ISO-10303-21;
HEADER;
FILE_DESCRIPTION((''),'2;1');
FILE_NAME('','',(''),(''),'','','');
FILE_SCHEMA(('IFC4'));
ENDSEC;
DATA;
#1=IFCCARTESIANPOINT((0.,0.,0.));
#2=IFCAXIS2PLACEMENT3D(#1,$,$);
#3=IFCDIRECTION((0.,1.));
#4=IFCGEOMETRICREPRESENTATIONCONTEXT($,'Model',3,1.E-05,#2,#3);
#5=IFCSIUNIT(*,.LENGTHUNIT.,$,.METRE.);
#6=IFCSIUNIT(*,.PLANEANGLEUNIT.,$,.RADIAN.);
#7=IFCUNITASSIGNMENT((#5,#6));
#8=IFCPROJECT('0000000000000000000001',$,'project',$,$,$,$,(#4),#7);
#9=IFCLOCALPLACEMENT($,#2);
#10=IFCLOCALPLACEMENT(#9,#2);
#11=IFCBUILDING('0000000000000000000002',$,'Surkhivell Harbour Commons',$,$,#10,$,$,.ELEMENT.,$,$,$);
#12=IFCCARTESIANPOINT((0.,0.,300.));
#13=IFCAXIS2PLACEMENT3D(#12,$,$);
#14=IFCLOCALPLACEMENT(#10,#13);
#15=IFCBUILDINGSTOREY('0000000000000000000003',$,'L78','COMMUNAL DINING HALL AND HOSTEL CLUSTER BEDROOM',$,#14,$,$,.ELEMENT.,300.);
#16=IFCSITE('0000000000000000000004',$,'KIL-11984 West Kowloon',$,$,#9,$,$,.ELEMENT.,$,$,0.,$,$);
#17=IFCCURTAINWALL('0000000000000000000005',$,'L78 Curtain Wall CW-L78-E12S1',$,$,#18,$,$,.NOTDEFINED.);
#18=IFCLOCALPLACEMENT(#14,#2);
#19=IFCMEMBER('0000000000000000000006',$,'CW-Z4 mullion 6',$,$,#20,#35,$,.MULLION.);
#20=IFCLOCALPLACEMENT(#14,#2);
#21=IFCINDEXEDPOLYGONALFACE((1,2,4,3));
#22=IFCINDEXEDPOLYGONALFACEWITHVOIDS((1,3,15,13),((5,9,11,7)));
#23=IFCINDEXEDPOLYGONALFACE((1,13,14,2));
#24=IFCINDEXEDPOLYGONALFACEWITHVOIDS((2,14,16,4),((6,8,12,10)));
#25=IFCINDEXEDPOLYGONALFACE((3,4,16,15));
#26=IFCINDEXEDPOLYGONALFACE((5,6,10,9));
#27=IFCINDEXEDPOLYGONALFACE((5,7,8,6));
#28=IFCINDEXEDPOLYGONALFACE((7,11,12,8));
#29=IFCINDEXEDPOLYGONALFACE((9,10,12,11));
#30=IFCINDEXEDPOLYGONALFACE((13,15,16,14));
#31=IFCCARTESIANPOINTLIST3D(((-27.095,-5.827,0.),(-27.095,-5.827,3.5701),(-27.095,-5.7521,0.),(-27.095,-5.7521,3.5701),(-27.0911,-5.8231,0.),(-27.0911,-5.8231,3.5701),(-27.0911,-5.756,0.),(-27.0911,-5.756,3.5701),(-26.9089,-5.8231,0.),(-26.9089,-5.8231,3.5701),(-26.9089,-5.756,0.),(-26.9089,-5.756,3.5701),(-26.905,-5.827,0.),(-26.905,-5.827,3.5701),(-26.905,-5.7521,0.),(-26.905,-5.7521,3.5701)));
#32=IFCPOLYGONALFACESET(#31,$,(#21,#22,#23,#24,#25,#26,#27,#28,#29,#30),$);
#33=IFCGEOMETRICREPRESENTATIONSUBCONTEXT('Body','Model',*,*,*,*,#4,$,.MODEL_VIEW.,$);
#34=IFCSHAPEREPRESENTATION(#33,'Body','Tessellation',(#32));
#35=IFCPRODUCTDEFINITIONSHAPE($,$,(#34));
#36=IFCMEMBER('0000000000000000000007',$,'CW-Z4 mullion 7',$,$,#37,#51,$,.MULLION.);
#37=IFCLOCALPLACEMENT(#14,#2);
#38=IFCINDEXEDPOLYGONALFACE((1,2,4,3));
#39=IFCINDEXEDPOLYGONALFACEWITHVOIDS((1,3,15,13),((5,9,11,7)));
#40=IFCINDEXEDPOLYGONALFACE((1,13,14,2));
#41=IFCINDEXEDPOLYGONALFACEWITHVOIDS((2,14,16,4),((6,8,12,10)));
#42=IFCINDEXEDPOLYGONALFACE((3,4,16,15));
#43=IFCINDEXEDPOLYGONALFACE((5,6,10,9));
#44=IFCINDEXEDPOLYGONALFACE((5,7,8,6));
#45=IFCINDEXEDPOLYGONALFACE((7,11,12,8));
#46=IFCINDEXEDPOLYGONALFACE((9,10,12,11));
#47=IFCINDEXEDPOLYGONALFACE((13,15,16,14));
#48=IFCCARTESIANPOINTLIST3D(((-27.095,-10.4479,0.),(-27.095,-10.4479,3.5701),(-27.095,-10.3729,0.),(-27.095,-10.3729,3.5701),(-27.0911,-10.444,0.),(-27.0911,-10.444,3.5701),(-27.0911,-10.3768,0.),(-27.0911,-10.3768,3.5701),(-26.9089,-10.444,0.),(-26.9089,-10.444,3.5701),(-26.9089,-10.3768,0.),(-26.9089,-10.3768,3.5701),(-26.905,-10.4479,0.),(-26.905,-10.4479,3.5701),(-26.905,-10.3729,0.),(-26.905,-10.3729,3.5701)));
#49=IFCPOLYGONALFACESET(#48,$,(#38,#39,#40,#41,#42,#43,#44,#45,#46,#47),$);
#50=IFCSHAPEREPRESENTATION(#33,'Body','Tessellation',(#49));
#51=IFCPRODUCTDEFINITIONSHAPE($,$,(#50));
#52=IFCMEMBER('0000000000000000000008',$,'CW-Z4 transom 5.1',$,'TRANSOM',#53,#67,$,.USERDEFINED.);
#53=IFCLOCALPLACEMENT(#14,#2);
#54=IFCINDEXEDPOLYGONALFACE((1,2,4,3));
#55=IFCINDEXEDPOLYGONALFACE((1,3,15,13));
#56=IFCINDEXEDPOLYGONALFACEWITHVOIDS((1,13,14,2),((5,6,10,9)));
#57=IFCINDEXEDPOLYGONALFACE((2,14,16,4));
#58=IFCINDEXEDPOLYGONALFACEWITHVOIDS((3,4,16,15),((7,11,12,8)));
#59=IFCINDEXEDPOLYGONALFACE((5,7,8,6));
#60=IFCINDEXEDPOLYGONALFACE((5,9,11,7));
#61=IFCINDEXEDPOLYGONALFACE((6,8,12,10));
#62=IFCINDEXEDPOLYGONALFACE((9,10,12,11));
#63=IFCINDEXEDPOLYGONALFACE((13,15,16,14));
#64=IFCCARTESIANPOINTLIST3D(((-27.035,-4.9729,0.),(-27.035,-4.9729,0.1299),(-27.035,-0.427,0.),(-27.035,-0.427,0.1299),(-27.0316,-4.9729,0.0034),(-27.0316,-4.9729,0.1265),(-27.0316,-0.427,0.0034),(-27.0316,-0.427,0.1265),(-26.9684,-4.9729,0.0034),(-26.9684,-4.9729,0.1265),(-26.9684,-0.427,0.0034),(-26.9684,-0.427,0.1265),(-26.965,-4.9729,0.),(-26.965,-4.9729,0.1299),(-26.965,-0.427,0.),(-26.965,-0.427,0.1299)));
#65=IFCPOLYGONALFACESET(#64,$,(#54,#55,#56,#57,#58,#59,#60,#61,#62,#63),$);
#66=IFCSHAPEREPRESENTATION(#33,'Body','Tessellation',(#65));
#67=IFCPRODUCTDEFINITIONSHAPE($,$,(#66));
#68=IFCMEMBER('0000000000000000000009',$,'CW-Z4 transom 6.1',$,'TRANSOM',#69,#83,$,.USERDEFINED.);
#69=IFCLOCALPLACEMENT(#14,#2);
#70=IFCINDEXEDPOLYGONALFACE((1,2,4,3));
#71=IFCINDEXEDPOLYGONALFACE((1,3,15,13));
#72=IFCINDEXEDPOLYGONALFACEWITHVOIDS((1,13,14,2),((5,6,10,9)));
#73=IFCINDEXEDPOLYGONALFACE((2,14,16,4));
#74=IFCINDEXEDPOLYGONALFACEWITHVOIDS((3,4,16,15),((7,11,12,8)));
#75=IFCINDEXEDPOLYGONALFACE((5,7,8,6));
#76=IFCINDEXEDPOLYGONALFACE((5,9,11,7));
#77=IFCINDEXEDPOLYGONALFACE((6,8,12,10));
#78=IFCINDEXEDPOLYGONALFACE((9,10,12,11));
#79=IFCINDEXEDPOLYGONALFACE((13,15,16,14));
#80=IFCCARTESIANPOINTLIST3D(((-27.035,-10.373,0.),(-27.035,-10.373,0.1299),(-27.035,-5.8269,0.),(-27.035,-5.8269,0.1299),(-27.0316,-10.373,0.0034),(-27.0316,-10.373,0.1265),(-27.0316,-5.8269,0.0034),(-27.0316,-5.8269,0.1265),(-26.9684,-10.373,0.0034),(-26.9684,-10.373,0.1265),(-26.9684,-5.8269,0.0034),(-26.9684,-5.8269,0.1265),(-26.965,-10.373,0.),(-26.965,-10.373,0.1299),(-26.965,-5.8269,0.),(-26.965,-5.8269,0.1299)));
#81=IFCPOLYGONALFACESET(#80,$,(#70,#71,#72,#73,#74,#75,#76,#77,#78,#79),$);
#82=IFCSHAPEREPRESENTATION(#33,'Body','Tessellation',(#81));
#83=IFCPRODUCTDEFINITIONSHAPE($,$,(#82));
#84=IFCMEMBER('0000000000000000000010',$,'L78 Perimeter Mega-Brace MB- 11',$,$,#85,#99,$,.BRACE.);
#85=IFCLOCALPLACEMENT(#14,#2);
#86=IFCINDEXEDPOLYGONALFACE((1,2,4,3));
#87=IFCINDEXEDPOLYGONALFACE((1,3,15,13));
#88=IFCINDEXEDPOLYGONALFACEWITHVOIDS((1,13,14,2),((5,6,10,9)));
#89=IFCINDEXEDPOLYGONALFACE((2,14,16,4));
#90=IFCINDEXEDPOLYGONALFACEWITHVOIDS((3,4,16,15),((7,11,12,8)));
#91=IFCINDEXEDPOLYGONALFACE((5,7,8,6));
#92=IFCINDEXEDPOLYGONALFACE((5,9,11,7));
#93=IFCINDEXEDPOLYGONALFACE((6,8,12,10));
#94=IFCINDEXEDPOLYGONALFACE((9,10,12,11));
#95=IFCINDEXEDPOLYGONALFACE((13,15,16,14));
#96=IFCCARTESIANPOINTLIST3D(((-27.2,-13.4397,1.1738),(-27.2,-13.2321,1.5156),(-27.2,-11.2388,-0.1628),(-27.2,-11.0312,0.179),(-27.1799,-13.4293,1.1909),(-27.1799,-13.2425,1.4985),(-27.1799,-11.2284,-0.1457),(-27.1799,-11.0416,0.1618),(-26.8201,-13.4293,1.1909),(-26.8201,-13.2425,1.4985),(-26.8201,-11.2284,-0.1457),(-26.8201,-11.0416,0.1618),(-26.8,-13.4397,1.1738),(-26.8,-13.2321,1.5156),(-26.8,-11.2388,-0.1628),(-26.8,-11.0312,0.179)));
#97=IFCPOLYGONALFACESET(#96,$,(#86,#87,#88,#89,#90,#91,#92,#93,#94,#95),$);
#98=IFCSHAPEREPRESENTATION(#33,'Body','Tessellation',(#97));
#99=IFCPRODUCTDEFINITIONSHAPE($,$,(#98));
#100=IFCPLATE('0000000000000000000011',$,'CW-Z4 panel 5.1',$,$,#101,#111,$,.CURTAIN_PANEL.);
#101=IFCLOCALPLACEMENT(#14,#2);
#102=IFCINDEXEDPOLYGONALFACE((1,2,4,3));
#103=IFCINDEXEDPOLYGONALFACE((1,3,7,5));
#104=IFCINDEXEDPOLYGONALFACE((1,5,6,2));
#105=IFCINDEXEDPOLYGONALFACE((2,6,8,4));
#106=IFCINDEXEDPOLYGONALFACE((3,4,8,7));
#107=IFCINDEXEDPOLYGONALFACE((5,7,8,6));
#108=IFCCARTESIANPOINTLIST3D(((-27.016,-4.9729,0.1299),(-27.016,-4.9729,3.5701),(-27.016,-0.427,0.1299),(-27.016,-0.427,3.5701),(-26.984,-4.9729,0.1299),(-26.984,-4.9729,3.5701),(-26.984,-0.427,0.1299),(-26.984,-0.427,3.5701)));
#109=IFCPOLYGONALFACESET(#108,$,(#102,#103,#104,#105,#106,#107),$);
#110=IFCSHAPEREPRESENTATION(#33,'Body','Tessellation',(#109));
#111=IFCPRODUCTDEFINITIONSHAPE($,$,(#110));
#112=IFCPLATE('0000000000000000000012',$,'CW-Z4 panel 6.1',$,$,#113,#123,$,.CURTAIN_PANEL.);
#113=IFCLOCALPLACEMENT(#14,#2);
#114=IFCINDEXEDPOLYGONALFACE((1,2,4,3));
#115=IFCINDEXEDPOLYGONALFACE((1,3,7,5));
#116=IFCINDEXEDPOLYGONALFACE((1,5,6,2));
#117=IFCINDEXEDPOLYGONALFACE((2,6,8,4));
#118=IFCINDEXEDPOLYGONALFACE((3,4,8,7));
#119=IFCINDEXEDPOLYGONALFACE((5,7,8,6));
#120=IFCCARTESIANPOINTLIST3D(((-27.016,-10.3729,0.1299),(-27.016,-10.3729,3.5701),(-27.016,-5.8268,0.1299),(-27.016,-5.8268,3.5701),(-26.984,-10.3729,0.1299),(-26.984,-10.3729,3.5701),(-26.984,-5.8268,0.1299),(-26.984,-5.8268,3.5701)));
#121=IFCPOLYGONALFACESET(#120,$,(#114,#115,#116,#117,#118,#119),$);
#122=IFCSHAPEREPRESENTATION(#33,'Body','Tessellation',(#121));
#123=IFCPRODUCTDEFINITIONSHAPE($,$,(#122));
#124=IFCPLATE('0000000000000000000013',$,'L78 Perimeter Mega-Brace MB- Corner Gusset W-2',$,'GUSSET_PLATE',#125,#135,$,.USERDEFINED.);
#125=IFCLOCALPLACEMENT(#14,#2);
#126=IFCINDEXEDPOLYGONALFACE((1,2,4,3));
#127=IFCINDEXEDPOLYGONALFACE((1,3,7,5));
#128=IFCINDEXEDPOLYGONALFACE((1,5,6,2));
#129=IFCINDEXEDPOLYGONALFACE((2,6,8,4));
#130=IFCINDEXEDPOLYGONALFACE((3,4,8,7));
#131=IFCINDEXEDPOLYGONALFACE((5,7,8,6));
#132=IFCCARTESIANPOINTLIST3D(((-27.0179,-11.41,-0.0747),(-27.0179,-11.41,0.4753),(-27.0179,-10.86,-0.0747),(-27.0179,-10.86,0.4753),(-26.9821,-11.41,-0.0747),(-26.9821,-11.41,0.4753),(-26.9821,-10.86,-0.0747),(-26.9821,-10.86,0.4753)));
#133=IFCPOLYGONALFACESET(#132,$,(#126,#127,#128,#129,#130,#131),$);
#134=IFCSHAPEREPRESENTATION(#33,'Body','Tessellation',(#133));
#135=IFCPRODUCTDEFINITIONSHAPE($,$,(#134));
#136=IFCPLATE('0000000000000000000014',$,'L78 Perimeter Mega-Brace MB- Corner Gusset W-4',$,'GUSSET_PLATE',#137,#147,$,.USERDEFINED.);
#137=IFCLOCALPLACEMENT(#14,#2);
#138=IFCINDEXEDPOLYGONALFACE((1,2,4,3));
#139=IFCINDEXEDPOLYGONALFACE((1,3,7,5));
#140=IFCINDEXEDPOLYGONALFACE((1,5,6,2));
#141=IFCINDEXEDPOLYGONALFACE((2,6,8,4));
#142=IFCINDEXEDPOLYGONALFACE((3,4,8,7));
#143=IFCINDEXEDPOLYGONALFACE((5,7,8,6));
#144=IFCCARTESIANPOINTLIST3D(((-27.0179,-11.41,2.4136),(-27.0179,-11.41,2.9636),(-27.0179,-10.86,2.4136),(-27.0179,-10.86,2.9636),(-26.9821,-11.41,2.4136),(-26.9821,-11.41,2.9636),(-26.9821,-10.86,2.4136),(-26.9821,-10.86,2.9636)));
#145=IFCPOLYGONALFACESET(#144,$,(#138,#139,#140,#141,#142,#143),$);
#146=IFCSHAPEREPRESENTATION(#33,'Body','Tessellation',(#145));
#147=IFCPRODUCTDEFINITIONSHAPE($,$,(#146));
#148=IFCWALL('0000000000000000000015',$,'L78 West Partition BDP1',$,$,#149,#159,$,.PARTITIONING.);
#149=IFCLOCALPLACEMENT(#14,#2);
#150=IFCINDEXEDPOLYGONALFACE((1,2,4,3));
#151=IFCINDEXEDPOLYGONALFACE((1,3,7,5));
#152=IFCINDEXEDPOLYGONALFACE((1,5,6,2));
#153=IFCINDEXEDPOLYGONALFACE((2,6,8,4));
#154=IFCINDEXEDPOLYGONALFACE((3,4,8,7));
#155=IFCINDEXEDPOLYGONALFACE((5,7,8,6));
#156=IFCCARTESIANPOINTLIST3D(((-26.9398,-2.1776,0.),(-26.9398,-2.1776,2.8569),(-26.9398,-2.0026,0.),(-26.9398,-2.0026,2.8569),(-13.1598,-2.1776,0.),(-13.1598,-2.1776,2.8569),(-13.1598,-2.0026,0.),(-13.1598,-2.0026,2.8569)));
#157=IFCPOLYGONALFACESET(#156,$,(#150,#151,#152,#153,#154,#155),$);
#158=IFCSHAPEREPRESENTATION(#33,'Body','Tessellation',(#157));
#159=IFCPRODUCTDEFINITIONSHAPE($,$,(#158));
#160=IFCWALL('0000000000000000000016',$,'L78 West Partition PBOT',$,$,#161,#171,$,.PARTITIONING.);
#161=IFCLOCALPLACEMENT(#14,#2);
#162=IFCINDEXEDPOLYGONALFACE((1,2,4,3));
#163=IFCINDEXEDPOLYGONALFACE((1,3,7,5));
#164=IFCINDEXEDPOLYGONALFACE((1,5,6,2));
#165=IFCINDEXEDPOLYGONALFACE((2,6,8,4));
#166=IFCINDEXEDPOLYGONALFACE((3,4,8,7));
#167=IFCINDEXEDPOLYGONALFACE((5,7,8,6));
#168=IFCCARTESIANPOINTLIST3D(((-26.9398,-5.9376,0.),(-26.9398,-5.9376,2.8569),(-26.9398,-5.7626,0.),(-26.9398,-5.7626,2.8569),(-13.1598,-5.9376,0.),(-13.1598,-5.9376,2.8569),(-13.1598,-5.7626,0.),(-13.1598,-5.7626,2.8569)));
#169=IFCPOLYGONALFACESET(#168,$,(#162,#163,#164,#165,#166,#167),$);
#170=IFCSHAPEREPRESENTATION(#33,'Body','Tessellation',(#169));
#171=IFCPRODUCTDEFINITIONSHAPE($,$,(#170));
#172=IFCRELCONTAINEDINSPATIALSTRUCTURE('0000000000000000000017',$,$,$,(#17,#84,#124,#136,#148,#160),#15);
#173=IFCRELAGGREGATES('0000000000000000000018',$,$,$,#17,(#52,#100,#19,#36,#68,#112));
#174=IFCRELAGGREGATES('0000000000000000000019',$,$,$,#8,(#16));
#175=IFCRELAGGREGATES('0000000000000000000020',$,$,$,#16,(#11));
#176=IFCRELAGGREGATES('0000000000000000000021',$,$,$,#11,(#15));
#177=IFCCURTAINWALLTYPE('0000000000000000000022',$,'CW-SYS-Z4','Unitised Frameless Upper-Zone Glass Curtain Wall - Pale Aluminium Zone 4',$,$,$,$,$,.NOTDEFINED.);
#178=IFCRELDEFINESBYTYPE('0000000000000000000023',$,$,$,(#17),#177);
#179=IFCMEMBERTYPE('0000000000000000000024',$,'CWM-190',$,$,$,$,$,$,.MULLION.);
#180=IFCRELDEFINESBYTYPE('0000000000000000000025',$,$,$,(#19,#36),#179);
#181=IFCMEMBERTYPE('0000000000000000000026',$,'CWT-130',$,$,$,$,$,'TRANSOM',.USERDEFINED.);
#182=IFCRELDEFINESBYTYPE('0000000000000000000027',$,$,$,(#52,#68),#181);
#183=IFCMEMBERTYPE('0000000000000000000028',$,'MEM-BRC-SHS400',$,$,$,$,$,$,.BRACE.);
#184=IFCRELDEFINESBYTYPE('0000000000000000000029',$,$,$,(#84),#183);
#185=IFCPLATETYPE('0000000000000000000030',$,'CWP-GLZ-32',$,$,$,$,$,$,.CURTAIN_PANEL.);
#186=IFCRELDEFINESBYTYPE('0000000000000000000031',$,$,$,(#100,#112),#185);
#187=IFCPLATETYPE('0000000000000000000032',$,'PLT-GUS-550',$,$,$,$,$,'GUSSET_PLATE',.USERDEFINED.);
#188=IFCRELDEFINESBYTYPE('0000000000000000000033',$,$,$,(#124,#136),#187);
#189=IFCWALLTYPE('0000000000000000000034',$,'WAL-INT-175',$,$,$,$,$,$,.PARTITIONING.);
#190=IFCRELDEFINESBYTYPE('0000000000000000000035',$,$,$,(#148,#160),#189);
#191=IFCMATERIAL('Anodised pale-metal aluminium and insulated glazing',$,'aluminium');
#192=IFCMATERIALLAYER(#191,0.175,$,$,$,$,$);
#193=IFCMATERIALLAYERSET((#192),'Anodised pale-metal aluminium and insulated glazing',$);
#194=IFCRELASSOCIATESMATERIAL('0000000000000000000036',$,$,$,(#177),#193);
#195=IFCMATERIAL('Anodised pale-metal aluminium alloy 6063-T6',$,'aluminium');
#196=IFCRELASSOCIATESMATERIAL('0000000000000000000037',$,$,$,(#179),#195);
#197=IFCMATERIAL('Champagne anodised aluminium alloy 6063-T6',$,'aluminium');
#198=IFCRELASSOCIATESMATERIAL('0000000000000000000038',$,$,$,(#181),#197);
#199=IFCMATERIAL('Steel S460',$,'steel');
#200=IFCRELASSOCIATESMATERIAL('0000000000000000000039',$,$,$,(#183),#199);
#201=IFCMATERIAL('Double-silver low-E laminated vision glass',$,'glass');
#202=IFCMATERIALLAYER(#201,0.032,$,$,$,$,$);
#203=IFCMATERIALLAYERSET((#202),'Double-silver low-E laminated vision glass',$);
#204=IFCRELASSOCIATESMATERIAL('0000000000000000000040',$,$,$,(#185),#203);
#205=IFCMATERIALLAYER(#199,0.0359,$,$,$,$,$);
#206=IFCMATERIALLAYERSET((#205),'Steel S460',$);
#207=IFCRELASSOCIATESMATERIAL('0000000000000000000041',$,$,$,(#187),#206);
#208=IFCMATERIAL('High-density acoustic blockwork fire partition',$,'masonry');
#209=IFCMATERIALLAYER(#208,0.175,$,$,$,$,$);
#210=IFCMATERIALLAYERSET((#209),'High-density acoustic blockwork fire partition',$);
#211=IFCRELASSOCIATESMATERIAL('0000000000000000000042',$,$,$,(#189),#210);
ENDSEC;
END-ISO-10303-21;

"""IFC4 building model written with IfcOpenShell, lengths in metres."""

from ifc_helpers import new_model, si_unit, direction, frame, frame_2d, origin, origin_2d, place, context, subcontext, project, spatial, rectangle, hollow_rectangle, extrude, material, layer, layer_set, material_profile, profile_set, type_object, element, aggregate, save


model = new_model("IFC4")

# Units and contexts
model_context = context("Model", 3, precision=1e-05, world=origin(), true_north=direction((0.0, 1.0)))
body_context = subcontext(model_context, "Body", "Model", "MODEL_VIEW")
ifc_project = project(units=[si_unit("LENGTHUNIT", "METRE"), si_unit("PLANEANGLEUNIT", "RADIAN")], contexts=[model_context])

# Site, building, storey
site_placement = place(None, origin())
site = spatial("IfcSite", under=ifc_project, at=site_placement, Name="KIL-11984 West Kowloon", CompositionType="ELEMENT", RefElevation=0.0)
building_placement = place(site_placement, origin())
building = spatial("IfcBuilding", under=site, at=building_placement, Name="Surkhivell Harbour Commons", CompositionType="ELEMENT")
storey_placement = place(building_placement, frame((0.0, 0.0, 300.0)))
storey = spatial("IfcBuildingStorey", under=building, at=storey_placement, Name="L78", Description="COMMUNAL DINING HALL AND HOSTEL CLUSTER BEDROOM", CompositionType="ELEMENT", Elevation=300.0)

# Curtain wall, members
ifc_material_1 = material(Name="Anodised pale-metal aluminium and insulated glazing", Category="aluminium")
ifc_layer_1 = layer(ifc_material_1, 0.175)
ifc_layer_set_1 = layer_set([ifc_layer_1], Name="Anodised pale-metal aluminium and insulated glazing")
curtain_wall_type = type_object("IfcCurtainWallType", Name="CW-SYS-Z4", Description="Unitised Frameless Upper-Zone Glass Curtain Wall - Pale Aluminium Zone 4", PredefinedType="NOTDEFINED", material=ifc_layer_set_1)
curtain_wall_placement = place(storey_placement, origin())
curtain_wall = element("IfcCurtainWall", 1, at=curtain_wall_placement, inside=storey, type_object=curtain_wall_type, Name="L78 Curtain Wall CW-L78-E12S1", PredefinedType="NOTDEFINED")
ifc_material_2 = material(Name="Anodised pale-metal aluminium alloy 6063-T6", Category="aluminium")
ifc_material_profile_1 = material_profile(ifc_material_2, hollow_rectangle(XDim=0.075, YDim=0.1899, WallThickness=0.0039, at=origin_2d()), Name="ALU-MULL-75x190")
ifc_profile_set_1 = profile_set([ifc_material_profile_1], Name="Anodised pale-metal aluminium alloy 6063-T6")
member_type_1 = type_object("IfcMemberType", Name="CWM-190", PredefinedType="MULLION", material=ifc_profile_set_1)
member_1_placement = place(storey_placement, frame((-27.0, -5.7896, 0.0), z_axis=(0.0, 0.0, 1.0), x_axis=(0.0, -1.0, 0.0)))
member_1 = element("IfcMember", 2, at=member_1_placement, type_object=member_type_1, Name="CW-Z4 mullion 6", PredefinedType="MULLION", context=body_context, shape_type="SweptSolid", body=[
    extrude(hollow_rectangle(XDim=0.075, YDim=0.1899, WallThickness=0.0039, at=origin_2d()), origin(), (0.0, 0.0, 1.0), 3.5701),
])
member_2_placement = place(storey_placement, frame((-27.0, -10.4104, 0.0), z_axis=(0.0, 0.0, 1.0), x_axis=(0.0, -1.0, 0.0)))
member_2 = element("IfcMember", 3, at=member_2_placement, type_object=member_type_1, Name="CW-Z4 mullion 7", PredefinedType="MULLION", context=body_context, shape_type="SweptSolid", body=[
    extrude(hollow_rectangle(XDim=0.075, YDim=0.1899, WallThickness=0.0039, at=origin_2d()), origin(), (0.0, 0.0, 1.0), 3.5701),
])
ifc_material_3 = material(Name="Champagne anodised aluminium alloy 6063-T6", Category="aluminium")
ifc_material_profile_2 = material_profile(ifc_material_3, hollow_rectangle(XDim=0.0701, YDim=0.1299, WallThickness=0.0034, at=origin_2d()), Name="ALU-TRAN-70x130")
ifc_profile_set_2 = profile_set([ifc_material_profile_2], Name="Champagne anodised aluminium alloy 6063-T6")
member_type_2 = type_object("IfcMemberType", Name="CWT-130", ElementType="TRANSOM", PredefinedType="USERDEFINED", material=ifc_profile_set_2)
member_3_placement = place(storey_placement, frame((-27.0, -0.427, 0.0649), z_axis=(0.0, -1.0, 0.0), x_axis=(1.0, 0.0, 0.0)))
member_3 = element("IfcMember", 4, at=member_3_placement, type_object=member_type_2, Name="CW-Z4 transom 5.1", ObjectType="TRANSOM", PredefinedType="USERDEFINED", context=body_context, shape_type="SweptSolid", body=[
    extrude(hollow_rectangle(XDim=0.0701, YDim=0.1299, WallThickness=0.0034, at=origin_2d()), origin(), (0.0, 0.0, 1.0), 4.5459),
])
member_4_placement = place(storey_placement, frame((-27.0, -5.8269, 0.0649), z_axis=(0.0, -1.0, 0.0), x_axis=(1.0, 0.0, 0.0)))
member_4 = element("IfcMember", 5, at=member_4_placement, type_object=member_type_2, Name="CW-Z4 transom 6.1", ObjectType="TRANSOM", PredefinedType="USERDEFINED", context=body_context, shape_type="SweptSolid", body=[
    extrude(hollow_rectangle(XDim=0.0701, YDim=0.1299, WallThickness=0.0034, at=origin_2d()), origin(), (0.0, 0.0, 1.0), 4.5461),
])

# Member
ifc_material_4 = material(Name="Steel S460", Category="steel")
ifc_material_profile_3 = material_profile(ifc_material_4, hollow_rectangle(XDim=0.3999, YDim=0.3999, WallThickness=0.02, at=origin_2d()), Name="SHS400x400x20")
ifc_profile_set_3 = profile_set([ifc_material_profile_3], Name="Steel S460")
member_type_3 = type_object("IfcMemberType", Name="MEM-BRC-SHS400", PredefinedType="BRACE", material=ifc_profile_set_3)
member_5_placement = place(storey_placement, frame((-27.0, -11.135, 0.0081), z_axis=(0.0, -0.85472, 0.519089), x_axis=(1.0, 0.0, 0.0)))
element("IfcMember", 6, at=member_5_placement, inside=storey, type_object=member_type_3, Name="L78 Perimeter Mega-Brace MB- 11", PredefinedType="BRACE", context=body_context, shape_type="SweptSolid", body=[
    extrude(hollow_rectangle(XDim=0.3999, YDim=0.3999, WallThickness=0.02, at=origin_2d()), origin(), (0.0, 0.0, 1.0), 2.575),
])

# Plates
ifc_material_5 = material(Name="Double-silver low-E laminated vision glass", Category="glass")
ifc_layer_2 = layer(ifc_material_5, 0.032)
ifc_layer_set_2 = layer_set([ifc_layer_2], Name="Double-silver low-E laminated vision glass")
plate_type_1 = type_object("IfcPlateType", Name="CWP-GLZ-32", PredefinedType="CURTAIN_PANEL", material=ifc_layer_set_2)
plate_1_placement = place(storey_placement, frame((-27.0, -0.427, 0.1299), z_axis=(0.0, 0.0, 1.0), x_axis=(0.0, -1.0, 0.0)))
plate_1 = element("IfcPlate", 7, at=plate_1_placement, type_object=plate_type_1, Name="CW-Z4 panel 5.1", PredefinedType="CURTAIN_PANEL", context=body_context, shape_type="SweptSolid", body=[
    extrude(rectangle(XDim=4.5459, YDim=0.032, at=frame_2d((2.2729, 0.0))), origin(), (0.0, 0.0, 1.0), 3.4402),
])
plate_2_placement = place(storey_placement, frame((-27.0, -5.8269, 0.1299), z_axis=(0.0, 0.0, 1.0), x_axis=(0.0, -1.0, 0.0)))
plate_2 = element("IfcPlate", 8, at=plate_2_placement, type_object=plate_type_1, Name="CW-Z4 panel 6.1", PredefinedType="CURTAIN_PANEL", context=body_context, shape_type="SweptSolid", body=[
    extrude(rectangle(XDim=4.5461, YDim=0.032, at=frame_2d((2.2729, 0.0))), origin(), (0.0, 0.0, 1.0), 3.4402),
])
aggregate(curtain_wall, [member_3, plate_1, member_1, member_2, member_4, plate_2])

# Plates
ifc_layer_3 = layer(ifc_material_4, 0.0359)
ifc_layer_set_3 = layer_set([ifc_layer_3], Name="Steel S460")
plate_type_2 = type_object("IfcPlateType", Name="PLT-GUS-550", ElementType="GUSSET_PLATE", PredefinedType="USERDEFINED", material=ifc_layer_set_3)
for number, where, z_axis, x_axis, name in (
    (9, (-27.0, -11.135, -0.0747), (0.0, 0.0, 1.0), (0.0, 1.0, 0.0), "L78 Perimeter Mega-Brace MB- Corner Gusset W-2"),
    (10, (-27.0, -11.135, 2.4136), (0.0, 0.0, 1.0), (0.0, 1.0, 0.0), "L78 Perimeter Mega-Brace MB- Corner Gusset W-4"),
):
    element("IfcPlate", number, at=place(storey_placement, frame(where, z_axis=z_axis, x_axis=x_axis)), inside=storey, type_object=plate_type_2, Name=name, ObjectType="GUSSET_PLATE", PredefinedType="USERDEFINED", context=body_context, shape_type="SweptSolid", body=[
        extrude(rectangle(XDim=0.55, YDim=0.0359, at=origin_2d()), origin(), (0.0, 0.0, 1.0), 0.55),
    ])

# Walls
ifc_material_6 = material(Name="High-density acoustic blockwork fire partition", Category="masonry")
ifc_layer_4 = layer(ifc_material_6, 0.175)
ifc_layer_set_4 = layer_set([ifc_layer_4], Name="High-density acoustic blockwork fire partition")
wall_type = type_object("IfcWallType", Name="WAL-INT-175", PredefinedType="PARTITIONING", material=ifc_layer_set_4)
for number, where, z_axis, x_axis, name in (
    (11, (-26.9399, -2.0901, 0.0), (0.0, 0.0, 1.0), (1.0, 0.0, 0.0), "L78 West Partition BDP1"),
    (12, (-26.9399, -5.8501, 0.0), (0.0, 0.0, 1.0), (1.0, 0.0, 0.0), "L78 West Partition PBOT"),
):
    element("IfcWall", number, at=place(storey_placement, frame(where, z_axis=z_axis, x_axis=x_axis)), inside=storey, type_object=wall_type, Name=name, PredefinedType="PARTITIONING", context=body_context, shape_type="SweptSolid", body=[
        extrude(rectangle(XDim=13.78, YDim=0.175, at=frame_2d((6.8901, 0.0))), origin(), (0.0, 0.0, 1.0), 2.8569),
    ])

save(model, "model.ifc")
